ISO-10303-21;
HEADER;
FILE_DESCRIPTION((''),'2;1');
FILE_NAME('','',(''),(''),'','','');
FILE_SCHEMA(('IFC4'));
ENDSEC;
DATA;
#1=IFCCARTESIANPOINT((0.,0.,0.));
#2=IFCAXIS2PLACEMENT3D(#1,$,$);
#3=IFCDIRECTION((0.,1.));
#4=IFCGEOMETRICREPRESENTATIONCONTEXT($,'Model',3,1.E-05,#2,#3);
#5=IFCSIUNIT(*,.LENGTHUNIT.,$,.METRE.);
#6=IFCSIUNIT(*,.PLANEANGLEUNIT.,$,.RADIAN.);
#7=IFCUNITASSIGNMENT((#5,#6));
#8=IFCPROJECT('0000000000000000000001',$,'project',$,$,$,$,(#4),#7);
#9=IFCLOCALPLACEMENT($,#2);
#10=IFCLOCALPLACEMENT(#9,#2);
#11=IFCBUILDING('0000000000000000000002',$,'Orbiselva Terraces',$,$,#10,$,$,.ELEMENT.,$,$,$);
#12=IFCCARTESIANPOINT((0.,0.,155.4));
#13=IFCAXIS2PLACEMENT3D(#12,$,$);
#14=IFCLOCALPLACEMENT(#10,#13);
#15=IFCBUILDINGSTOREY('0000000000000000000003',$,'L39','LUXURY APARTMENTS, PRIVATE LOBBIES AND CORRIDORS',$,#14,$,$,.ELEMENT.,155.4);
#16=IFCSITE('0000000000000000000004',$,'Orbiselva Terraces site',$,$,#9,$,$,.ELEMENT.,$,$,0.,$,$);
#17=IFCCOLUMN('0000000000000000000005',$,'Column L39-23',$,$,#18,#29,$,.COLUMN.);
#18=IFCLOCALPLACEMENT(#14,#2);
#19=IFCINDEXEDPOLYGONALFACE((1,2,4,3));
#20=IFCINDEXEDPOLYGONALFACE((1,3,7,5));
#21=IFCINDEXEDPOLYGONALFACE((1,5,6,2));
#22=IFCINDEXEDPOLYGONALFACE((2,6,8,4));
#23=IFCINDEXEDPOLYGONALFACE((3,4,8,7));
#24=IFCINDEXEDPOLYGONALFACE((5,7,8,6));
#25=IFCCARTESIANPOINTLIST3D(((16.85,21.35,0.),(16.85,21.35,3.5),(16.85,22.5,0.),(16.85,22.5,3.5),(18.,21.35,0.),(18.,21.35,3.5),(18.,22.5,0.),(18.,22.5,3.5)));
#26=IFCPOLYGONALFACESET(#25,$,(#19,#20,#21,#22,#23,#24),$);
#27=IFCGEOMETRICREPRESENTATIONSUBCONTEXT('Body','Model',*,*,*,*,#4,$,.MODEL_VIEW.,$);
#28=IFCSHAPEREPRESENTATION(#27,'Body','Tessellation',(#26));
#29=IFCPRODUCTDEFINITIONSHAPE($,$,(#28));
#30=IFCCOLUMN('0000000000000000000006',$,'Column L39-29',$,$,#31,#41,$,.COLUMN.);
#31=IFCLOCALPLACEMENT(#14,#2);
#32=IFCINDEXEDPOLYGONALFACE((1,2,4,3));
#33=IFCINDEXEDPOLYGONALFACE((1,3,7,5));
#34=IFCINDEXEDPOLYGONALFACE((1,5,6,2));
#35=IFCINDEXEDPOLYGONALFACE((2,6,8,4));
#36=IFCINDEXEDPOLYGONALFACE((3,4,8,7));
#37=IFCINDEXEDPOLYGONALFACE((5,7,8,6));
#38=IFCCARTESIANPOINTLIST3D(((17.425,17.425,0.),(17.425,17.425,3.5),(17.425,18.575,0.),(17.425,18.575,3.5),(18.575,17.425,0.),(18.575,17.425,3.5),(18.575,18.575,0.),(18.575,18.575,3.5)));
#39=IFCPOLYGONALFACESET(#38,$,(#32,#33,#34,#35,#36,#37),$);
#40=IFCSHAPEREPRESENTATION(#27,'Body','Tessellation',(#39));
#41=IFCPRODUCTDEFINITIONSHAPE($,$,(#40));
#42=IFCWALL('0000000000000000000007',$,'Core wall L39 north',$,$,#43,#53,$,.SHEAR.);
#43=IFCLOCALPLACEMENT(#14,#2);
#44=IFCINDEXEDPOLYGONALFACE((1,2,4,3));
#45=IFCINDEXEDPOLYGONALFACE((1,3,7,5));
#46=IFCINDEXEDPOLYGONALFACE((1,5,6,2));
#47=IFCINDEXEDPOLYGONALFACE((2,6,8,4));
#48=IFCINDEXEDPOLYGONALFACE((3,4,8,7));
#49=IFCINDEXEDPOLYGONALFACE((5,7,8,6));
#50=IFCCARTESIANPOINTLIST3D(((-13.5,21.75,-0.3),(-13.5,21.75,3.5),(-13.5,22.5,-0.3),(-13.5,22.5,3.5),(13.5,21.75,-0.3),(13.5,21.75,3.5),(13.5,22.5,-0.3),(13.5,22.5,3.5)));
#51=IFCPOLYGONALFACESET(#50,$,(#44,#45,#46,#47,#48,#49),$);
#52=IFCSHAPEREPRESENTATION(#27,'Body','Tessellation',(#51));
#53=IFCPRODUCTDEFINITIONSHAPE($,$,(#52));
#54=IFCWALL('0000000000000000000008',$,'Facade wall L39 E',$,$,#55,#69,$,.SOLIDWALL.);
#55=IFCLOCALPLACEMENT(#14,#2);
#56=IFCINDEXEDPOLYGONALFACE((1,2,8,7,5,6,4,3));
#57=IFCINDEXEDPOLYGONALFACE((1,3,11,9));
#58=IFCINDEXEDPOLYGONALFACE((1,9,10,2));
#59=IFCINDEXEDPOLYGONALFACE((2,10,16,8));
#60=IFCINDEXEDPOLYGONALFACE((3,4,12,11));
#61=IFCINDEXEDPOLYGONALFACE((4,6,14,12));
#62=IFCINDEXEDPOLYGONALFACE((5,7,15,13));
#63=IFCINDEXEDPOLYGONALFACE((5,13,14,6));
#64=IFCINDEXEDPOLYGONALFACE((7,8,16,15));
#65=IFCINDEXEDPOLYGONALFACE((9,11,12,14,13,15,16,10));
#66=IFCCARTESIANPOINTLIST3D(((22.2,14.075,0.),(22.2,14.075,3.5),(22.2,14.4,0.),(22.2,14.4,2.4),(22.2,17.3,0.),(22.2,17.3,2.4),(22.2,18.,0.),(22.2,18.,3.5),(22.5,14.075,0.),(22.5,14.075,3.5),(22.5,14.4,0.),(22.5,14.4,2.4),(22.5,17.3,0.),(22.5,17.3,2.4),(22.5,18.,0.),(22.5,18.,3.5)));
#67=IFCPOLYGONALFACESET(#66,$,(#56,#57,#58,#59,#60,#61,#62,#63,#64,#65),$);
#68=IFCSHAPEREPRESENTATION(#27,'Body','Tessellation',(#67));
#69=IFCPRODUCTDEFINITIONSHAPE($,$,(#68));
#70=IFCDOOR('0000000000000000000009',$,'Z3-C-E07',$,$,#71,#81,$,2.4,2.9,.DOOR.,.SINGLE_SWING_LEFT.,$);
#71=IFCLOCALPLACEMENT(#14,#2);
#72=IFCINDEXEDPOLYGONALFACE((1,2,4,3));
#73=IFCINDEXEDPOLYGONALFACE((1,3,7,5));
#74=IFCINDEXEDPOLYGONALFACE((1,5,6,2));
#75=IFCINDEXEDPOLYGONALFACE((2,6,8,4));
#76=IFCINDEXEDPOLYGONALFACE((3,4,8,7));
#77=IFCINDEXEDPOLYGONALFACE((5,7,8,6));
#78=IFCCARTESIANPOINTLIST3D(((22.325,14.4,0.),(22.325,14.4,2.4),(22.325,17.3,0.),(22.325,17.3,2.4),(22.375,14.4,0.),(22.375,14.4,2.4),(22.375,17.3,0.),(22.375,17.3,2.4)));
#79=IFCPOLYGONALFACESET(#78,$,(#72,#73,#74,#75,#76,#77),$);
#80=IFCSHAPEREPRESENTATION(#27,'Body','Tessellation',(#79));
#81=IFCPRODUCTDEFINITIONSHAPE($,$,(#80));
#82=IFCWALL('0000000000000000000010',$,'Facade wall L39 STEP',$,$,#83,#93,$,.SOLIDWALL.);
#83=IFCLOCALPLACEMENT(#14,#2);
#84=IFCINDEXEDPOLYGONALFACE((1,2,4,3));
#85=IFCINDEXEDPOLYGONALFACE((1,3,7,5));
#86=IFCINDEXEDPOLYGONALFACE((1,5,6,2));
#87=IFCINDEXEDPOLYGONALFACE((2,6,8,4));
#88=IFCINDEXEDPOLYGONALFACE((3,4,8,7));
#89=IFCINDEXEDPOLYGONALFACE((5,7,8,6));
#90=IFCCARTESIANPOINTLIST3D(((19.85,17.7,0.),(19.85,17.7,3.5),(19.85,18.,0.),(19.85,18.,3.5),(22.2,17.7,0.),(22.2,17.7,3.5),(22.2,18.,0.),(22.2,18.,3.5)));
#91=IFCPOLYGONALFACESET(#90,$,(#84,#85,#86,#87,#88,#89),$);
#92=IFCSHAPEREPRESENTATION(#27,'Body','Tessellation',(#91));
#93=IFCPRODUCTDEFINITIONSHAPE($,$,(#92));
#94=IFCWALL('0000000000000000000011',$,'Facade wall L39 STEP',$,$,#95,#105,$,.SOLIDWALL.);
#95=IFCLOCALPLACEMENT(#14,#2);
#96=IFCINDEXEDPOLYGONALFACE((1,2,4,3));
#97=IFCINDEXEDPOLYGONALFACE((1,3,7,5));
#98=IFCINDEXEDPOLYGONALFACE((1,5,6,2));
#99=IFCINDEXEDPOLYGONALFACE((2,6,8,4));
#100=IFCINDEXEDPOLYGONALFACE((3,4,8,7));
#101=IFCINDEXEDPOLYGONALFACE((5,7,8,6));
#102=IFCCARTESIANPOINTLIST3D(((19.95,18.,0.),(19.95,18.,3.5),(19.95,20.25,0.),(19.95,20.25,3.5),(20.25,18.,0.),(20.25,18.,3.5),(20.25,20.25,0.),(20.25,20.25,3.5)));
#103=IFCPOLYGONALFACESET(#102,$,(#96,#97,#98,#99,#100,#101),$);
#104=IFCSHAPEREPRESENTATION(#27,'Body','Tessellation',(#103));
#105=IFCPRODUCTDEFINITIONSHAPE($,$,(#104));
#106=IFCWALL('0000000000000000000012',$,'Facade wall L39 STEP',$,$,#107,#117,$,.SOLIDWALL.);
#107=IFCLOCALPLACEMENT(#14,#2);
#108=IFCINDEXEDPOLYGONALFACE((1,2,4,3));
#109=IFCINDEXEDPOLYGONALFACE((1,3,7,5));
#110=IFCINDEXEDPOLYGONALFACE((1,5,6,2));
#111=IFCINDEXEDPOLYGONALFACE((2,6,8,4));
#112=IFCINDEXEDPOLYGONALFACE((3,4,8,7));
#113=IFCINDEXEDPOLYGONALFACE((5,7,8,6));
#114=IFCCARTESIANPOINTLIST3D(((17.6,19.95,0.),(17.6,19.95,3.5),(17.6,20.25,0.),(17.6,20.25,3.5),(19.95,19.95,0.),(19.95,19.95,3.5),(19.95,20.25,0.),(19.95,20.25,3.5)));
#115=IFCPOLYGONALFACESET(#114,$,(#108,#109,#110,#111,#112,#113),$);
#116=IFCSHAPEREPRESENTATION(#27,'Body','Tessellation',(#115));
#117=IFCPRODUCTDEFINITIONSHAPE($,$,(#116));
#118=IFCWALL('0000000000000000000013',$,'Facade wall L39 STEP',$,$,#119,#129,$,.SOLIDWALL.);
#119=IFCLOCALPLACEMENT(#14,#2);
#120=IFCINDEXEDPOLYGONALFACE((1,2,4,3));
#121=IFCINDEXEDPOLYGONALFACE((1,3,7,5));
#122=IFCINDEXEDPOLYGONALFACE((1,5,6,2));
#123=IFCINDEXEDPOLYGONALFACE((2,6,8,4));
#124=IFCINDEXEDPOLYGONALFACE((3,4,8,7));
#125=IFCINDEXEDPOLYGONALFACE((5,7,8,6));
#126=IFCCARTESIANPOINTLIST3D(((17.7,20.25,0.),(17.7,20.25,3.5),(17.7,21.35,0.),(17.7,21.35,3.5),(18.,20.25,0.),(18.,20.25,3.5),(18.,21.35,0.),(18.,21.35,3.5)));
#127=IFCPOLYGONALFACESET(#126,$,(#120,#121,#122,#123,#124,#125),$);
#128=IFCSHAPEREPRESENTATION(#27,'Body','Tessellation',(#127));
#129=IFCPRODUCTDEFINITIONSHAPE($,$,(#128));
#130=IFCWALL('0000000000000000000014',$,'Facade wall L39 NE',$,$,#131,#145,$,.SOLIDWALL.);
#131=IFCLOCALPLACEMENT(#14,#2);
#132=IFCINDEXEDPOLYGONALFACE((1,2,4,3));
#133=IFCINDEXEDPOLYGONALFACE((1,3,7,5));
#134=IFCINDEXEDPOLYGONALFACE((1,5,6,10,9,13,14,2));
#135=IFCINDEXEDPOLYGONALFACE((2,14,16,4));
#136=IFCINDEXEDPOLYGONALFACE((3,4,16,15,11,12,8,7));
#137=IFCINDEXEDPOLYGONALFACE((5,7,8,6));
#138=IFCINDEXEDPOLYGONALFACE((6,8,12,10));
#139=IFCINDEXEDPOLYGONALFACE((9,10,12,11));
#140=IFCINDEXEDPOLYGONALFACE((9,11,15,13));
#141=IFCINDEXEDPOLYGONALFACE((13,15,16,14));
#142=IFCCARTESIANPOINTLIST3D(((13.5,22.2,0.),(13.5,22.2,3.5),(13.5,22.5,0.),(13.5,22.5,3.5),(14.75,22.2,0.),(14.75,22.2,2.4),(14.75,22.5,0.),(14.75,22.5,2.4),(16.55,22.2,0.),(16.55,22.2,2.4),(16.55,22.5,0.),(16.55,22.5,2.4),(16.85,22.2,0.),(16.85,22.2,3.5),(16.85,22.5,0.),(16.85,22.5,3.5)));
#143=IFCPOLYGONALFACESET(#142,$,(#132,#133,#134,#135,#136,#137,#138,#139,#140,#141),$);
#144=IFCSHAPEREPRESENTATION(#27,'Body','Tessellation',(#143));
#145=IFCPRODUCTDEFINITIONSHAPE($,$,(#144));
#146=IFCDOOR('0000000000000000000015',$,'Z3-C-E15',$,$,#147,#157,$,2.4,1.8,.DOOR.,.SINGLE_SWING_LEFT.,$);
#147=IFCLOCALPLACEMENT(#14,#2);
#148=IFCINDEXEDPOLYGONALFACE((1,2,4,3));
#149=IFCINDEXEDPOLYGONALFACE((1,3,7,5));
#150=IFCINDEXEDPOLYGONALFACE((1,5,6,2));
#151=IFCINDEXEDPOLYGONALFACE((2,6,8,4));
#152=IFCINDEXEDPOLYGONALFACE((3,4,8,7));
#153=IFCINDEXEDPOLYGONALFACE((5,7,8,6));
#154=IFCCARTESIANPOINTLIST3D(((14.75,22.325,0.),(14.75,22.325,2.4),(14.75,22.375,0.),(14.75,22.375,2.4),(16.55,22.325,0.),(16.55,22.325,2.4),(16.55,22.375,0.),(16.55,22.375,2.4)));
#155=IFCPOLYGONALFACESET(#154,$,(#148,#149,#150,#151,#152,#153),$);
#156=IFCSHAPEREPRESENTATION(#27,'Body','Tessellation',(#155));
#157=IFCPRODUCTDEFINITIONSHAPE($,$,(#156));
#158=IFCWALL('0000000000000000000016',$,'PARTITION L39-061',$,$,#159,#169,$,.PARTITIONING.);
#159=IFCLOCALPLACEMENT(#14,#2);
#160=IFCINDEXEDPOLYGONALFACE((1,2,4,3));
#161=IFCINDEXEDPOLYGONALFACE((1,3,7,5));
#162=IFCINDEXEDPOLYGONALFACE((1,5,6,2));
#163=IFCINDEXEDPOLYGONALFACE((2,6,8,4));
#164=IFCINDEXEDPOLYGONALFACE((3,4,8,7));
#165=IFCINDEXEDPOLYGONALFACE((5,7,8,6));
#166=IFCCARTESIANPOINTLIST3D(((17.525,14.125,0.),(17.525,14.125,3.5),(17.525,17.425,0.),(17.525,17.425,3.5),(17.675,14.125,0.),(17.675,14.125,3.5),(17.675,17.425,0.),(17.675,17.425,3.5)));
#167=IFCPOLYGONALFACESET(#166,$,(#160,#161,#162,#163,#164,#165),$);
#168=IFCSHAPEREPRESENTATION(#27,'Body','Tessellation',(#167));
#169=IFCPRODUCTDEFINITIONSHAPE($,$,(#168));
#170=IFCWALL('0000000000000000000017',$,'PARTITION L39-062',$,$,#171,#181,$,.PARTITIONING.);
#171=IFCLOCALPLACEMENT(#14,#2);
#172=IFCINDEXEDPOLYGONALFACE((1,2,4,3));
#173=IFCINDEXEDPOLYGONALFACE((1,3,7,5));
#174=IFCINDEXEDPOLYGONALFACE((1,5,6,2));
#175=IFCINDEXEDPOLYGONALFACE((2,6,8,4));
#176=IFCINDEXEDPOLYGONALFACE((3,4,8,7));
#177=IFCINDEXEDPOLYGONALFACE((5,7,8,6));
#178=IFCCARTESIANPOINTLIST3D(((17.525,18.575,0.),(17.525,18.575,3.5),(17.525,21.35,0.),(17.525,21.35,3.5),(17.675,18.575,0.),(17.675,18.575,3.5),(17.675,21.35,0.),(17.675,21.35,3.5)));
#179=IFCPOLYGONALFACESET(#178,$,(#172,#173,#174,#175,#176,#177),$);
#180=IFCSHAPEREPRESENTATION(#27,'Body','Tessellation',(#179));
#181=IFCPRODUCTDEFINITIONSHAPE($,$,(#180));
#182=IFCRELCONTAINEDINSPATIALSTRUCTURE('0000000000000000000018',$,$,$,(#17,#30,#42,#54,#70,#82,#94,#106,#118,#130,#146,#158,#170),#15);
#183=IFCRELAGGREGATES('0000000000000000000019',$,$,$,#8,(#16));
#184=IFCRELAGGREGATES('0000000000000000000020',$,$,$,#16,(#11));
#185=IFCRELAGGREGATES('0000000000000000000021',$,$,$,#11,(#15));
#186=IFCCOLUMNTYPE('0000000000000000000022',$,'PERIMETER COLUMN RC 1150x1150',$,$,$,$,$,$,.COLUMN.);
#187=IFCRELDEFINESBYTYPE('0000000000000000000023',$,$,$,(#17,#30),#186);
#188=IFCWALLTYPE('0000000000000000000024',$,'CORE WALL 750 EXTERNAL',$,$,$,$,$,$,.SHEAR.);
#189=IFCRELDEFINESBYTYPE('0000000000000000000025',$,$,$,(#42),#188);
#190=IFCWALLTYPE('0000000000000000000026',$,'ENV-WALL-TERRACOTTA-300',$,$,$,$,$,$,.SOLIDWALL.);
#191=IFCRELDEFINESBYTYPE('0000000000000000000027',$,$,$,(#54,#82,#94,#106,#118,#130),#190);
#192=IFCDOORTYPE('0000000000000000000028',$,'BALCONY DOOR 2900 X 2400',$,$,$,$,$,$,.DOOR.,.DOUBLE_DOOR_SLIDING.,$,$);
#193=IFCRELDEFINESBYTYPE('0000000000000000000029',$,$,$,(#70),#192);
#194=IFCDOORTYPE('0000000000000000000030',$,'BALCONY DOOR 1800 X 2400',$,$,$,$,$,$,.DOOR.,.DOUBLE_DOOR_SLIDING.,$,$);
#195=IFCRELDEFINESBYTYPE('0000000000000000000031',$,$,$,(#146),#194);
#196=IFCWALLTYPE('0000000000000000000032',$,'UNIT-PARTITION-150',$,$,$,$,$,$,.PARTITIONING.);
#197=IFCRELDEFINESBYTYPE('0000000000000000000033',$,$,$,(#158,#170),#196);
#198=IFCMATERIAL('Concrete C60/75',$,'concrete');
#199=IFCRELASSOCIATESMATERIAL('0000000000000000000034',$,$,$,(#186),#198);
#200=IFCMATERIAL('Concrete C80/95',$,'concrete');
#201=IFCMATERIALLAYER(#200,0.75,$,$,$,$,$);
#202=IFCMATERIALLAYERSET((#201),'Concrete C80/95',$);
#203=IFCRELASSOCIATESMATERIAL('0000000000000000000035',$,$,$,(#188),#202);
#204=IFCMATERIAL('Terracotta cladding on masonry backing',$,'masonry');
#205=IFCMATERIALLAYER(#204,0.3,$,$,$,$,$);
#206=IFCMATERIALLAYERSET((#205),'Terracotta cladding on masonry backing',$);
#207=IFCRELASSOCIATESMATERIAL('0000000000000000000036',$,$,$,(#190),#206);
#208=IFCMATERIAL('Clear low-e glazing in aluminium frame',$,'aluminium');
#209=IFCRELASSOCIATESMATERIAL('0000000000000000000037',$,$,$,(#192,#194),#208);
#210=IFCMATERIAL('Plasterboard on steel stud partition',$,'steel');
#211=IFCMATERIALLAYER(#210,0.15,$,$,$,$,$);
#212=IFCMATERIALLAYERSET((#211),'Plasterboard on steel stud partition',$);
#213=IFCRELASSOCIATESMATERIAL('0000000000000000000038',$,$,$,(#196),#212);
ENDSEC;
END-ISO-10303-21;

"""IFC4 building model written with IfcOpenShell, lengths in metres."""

from ifc_helpers import new_model, si_unit, direction, frame, frame_2d, origin, origin_2d, place, context, subcontext, project, spatial, rectangle, extrude, material, layer, layer_set, material_profile, profile_set, type_object, element, fill, save


model = new_model("IFC4")

# Units and contexts
model_context = context("Model", 3, precision=1e-05, world=origin(), true_north=direction((0.0, 1.0)))
body_context = subcontext(model_context, "Body", "Model", "MODEL_VIEW")
ifc_project = project(units=[si_unit("LENGTHUNIT", "METRE"), si_unit("PLANEANGLEUNIT", "RADIAN")], contexts=[model_context])

# Site, building, storey
site_placement = place(None, origin())
site = spatial("IfcSite", under=ifc_project, at=site_placement, Name="Orbiselva Terraces site", CompositionType="ELEMENT", RefElevation=0.0)
building_placement = place(site_placement, origin())
building = spatial("IfcBuilding", under=site, at=building_placement, Name="Orbiselva Terraces", CompositionType="ELEMENT")
storey_placement = place(building_placement, frame((0.0, 0.0, 155.4)))
storey = spatial("IfcBuildingStorey", under=building, at=storey_placement, Name="L39", Description="LUXURY APARTMENTS, PRIVATE LOBBIES AND CORRIDORS", CompositionType="ELEMENT", Elevation=155.4)

# Columns
ifc_material_1 = material(Name="Concrete C60/75", Category="concrete")
ifc_material_profile = material_profile(ifc_material_1, rectangle(XDim=1.15, YDim=1.15, at=origin_2d()), Name="RC 1150x1150")
ifc_profile_set = profile_set([ifc_material_profile], Name="Concrete C60/75")
column_type = type_object("IfcColumnType", Name="PERIMETER COLUMN RC 1150x1150", PredefinedType="COLUMN", material=ifc_profile_set)
for number, where, z_axis, x_axis, name in (
    (1, (17.425, 21.925, 0.0), (0.0, 0.0, 1.0), (1.0, 0.0, 0.0), "Column L39-23"),
    (2, (18.0, 18.0, 0.0), (0.0, 0.0, 1.0), (1.0, 0.0, 0.0), "Column L39-29"),
):
    element("IfcColumn", number, at=place(storey_placement, frame(where, z_axis=z_axis, x_axis=x_axis)), inside=storey, type_object=column_type, Name=name, PredefinedType="COLUMN", context=body_context, shape_type="SweptSolid", body=[
        extrude(rectangle(XDim=1.15, YDim=1.15, at=origin_2d()), origin(), (0.0, 0.0, 1.0), 3.5),
    ])

# Wall
ifc_material_2 = material(Name="Concrete C80/95", Category="concrete")
ifc_layer_1 = layer(ifc_material_2, 0.75)
ifc_layer_set_1 = layer_set([ifc_layer_1], Name="Concrete C80/95")
wall_type_1 = type_object("IfcWallType", Name="CORE WALL 750 EXTERNAL", PredefinedType="SHEAR", material=ifc_layer_set_1)
wall_1_placement = place(storey_placement, frame((13.5, 22.125, -0.3), z_axis=(0.0, 0.0, 1.0), x_axis=(-1.0, 0.0, 0.0)))
element("IfcWall", 3, at=wall_1_placement, inside=storey, type_object=wall_type_1, Name="Core wall L39 north", PredefinedType="SHEAR", context=body_context, shape_type="SweptSolid", body=[
    extrude(rectangle(XDim=27.0, YDim=0.75, at=frame_2d((13.5, 0.0))), origin(), (0.0, 0.0, 1.0), 3.8),
])

# Wall, opening, door
ifc_material_3 = material(Name="Terracotta cladding on masonry backing", Category="masonry")
ifc_layer_2 = layer(ifc_material_3, 0.3)
ifc_layer_set_2 = layer_set([ifc_layer_2], Name="Terracotta cladding on masonry backing")
wall_type_2 = type_object("IfcWallType", Name="ENV-WALL-TERRACOTTA-300", PredefinedType="SOLIDWALL", material=ifc_layer_set_2)
wall_2_placement = place(storey_placement, frame((22.35, 18.0, 0.0), z_axis=(0.0, 0.0, 1.0), x_axis=(0.0, -1.0, 0.0)))
wall_2 = element("IfcWall", 4, at=wall_2_placement, inside=storey, type_object=wall_type_2, Name="Facade wall L39 E", PredefinedType="SOLIDWALL", context=body_context, shape_type="SweptSolid", body=[
    extrude(rectangle(XDim=3.925, YDim=0.3, at=frame_2d((1.9625, 0.0))), origin(), (0.0, 0.0, 1.0), 3.5),
])
opening_1_placement = place(wall_2_placement, frame((0.7, 0.0, 0.0)))
opening_1 = element("IfcOpeningElement", 5, at=opening_1_placement, cuts=wall_2, PredefinedType="OPENING", context=body_context, shape_type="SweptSolid", body=[
    extrude(rectangle(XDim=2.9, YDim=2.4, at=frame_2d((1.45, 1.2))), frame((0.0, 0.16, 0.0), z_axis=(0.0, -1.0, 0.0), x_axis=(1.0, 0.0, 0.0)), (0.0, 0.0, 1.0), 0.32),
])
ifc_material_4 = material(Name="Clear low-e glazing in aluminium frame", Category="aluminium")
door_type_1 = type_object("IfcDoorType", Name="BALCONY DOOR 2900 X 2400", OperationType="DOUBLE_DOOR_SLIDING", PredefinedType="DOOR", material=ifc_material_4)
door_1_placement = place(opening_1_placement, origin())
door_1 = element("IfcDoor", 6, at=door_1_placement, inside=storey, type_object=door_type_1, Name="Z3-C-E07", OperationType="SINGLE_SWING_LEFT", OverallHeight=2.4, OverallWidth=2.9, PredefinedType="DOOR", context=body_context, shape_type="SweptSolid", body=[
    extrude(rectangle(XDim=2.9, YDim=2.4, at=frame_2d((1.45, 1.2))), frame((0.0, 0.025, 0.0), z_axis=(0.0, -1.0, 0.0), x_axis=(1.0, 0.0, 0.0)), (0.0, 0.0, 1.0), 0.05),
])
fill(opening_1, door_1)

# Walls
wall_3_placement = place(storey_placement, frame((19.85, 17.85, 0.0), z_axis=(0.0, 0.0, 1.0), x_axis=(1.0, 0.0, 0.0)))
element("IfcWall", 7, at=wall_3_placement, inside=storey, type_object=wall_type_2, Name="Facade wall L39 STEP", PredefinedType="SOLIDWALL", context=body_context, shape_type="SweptSolid", body=[
    extrude(rectangle(XDim=2.35, YDim=0.3, at=frame_2d((1.175, 0.0))), origin(), (0.0, 0.0, 1.0), 3.5),
])
wall_4_placement = place(storey_placement, frame((20.1, 20.25, 0.0), z_axis=(0.0, 0.0, 1.0), x_axis=(0.0, -1.0, 0.0)))
element("IfcWall", 8, at=wall_4_placement, inside=storey, type_object=wall_type_2, Name="Facade wall L39 STEP", PredefinedType="SOLIDWALL", context=body_context, shape_type="SweptSolid", body=[
    extrude(rectangle(XDim=2.25, YDim=0.3, at=frame_2d((1.125, 0.0))), origin(), (0.0, 0.0, 1.0), 3.5),
])
wall_5_placement = place(storey_placement, frame((17.6, 20.1, 0.0), z_axis=(0.0, 0.0, 1.0), x_axis=(1.0, 0.0, 0.0)))
element("IfcWall", 9, at=wall_5_placement, inside=storey, type_object=wall_type_2, Name="Facade wall L39 STEP", PredefinedType="SOLIDWALL", context=body_context, shape_type="SweptSolid", body=[
    extrude(rectangle(XDim=2.35, YDim=0.3, at=frame_2d((1.175, 0.0))), origin(), (0.0, 0.0, 1.0), 3.5),
])
wall_6_placement = place(storey_placement, frame((17.85, 21.35, 0.0), z_axis=(0.0, 0.0, 1.0), x_axis=(0.0, -1.0, 0.0)))
element("IfcWall", 10, at=wall_6_placement, inside=storey, type_object=wall_type_2, Name="Facade wall L39 STEP", PredefinedType="SOLIDWALL", context=body_context, shape_type="SweptSolid", body=[
    extrude(rectangle(XDim=1.1, YDim=0.3, at=frame_2d((0.55, 0.0))), origin(), (0.0, 0.0, 1.0), 3.5),
])

# Wall, opening, door
wall_7_placement = place(storey_placement, frame((13.5, 22.35, 0.0), z_axis=(0.0, 0.0, 1.0), x_axis=(1.0, 0.0, 0.0)))
wall_7 = element("IfcWall", 11, at=wall_7_placement, inside=storey, type_object=wall_type_2, Name="Facade wall L39 NE", PredefinedType="SOLIDWALL", context=body_context, shape_type="SweptSolid", body=[
    extrude(rectangle(XDim=3.35, YDim=0.3, at=frame_2d((1.675, 0.0))), origin(), (0.0, 0.0, 1.0), 3.5),
])
opening_2_placement = place(wall_7_placement, frame((1.25, 0.0, 0.0)))
opening_2 = element("IfcOpeningElement", 12, at=opening_2_placement, cuts=wall_7, PredefinedType="OPENING", context=body_context, shape_type="SweptSolid", body=[
    extrude(rectangle(XDim=1.8, YDim=2.4, at=frame_2d((0.9, 1.2))), frame((0.0, 0.16, 0.0), z_axis=(0.0, -1.0, 0.0), x_axis=(1.0, 0.0, 0.0)), (0.0, 0.0, 1.0), 0.32),
])
door_type_2 = type_object("IfcDoorType", Name="BALCONY DOOR 1800 X 2400", OperationType="DOUBLE_DOOR_SLIDING", PredefinedType="DOOR", material=ifc_material_4)
door_2_placement = place(opening_2_placement, origin())
door_2 = element("IfcDoor", 13, at=door_2_placement, inside=storey, type_object=door_type_2, Name="Z3-C-E15", OperationType="SINGLE_SWING_LEFT", OverallHeight=2.4, OverallWidth=1.8, PredefinedType="DOOR", context=body_context, shape_type="SweptSolid", body=[
    extrude(rectangle(XDim=1.8, YDim=2.4, at=frame_2d((0.9, 1.2))), frame((0.0, 0.025, 0.0), z_axis=(0.0, -1.0, 0.0), x_axis=(1.0, 0.0, 0.0)), (0.0, 0.0, 1.0), 0.05),
])
fill(opening_2, door_2)

# Walls
ifc_material_5 = material(Name="Plasterboard on steel stud partition", Category="steel")
ifc_layer_3 = layer(ifc_material_5, 0.15)
ifc_layer_set_3 = layer_set([ifc_layer_3], Name="Plasterboard on steel stud partition")
wall_type_3 = type_object("IfcWallType", Name="UNIT-PARTITION-150", PredefinedType="PARTITIONING", material=ifc_layer_set_3)
wall_8_placement = place(storey_placement, frame((17.6, 14.125, 0.0), z_axis=(0.0, 0.0, 1.0), x_axis=(0.0, 1.0, 0.0)))
element("IfcWall", 14, at=wall_8_placement, inside=storey, type_object=wall_type_3, Name="PARTITION L39-061", PredefinedType="PARTITIONING", context=body_context, shape_type="SweptSolid", body=[
    extrude(rectangle(XDim=3.3, YDim=0.15, at=frame_2d((1.65, 0.0))), origin(), (0.0, 0.0, 1.0), 3.5),
])
wall_9_placement = place(storey_placement, frame((17.6, 18.575, 0.0), z_axis=(0.0, 0.0, 1.0), x_axis=(0.0, 1.0, 0.0)))
element("IfcWall", 15, at=wall_9_placement, inside=storey, type_object=wall_type_3, Name="PARTITION L39-062", PredefinedType="PARTITIONING", context=body_context, shape_type="SweptSolid", body=[
    extrude(rectangle(XDim=2.775, YDim=0.15, at=frame_2d((1.3875, 0.0))), origin(), (0.0, 0.0, 1.0), 3.5),
])

save(model, "model.ifc")
